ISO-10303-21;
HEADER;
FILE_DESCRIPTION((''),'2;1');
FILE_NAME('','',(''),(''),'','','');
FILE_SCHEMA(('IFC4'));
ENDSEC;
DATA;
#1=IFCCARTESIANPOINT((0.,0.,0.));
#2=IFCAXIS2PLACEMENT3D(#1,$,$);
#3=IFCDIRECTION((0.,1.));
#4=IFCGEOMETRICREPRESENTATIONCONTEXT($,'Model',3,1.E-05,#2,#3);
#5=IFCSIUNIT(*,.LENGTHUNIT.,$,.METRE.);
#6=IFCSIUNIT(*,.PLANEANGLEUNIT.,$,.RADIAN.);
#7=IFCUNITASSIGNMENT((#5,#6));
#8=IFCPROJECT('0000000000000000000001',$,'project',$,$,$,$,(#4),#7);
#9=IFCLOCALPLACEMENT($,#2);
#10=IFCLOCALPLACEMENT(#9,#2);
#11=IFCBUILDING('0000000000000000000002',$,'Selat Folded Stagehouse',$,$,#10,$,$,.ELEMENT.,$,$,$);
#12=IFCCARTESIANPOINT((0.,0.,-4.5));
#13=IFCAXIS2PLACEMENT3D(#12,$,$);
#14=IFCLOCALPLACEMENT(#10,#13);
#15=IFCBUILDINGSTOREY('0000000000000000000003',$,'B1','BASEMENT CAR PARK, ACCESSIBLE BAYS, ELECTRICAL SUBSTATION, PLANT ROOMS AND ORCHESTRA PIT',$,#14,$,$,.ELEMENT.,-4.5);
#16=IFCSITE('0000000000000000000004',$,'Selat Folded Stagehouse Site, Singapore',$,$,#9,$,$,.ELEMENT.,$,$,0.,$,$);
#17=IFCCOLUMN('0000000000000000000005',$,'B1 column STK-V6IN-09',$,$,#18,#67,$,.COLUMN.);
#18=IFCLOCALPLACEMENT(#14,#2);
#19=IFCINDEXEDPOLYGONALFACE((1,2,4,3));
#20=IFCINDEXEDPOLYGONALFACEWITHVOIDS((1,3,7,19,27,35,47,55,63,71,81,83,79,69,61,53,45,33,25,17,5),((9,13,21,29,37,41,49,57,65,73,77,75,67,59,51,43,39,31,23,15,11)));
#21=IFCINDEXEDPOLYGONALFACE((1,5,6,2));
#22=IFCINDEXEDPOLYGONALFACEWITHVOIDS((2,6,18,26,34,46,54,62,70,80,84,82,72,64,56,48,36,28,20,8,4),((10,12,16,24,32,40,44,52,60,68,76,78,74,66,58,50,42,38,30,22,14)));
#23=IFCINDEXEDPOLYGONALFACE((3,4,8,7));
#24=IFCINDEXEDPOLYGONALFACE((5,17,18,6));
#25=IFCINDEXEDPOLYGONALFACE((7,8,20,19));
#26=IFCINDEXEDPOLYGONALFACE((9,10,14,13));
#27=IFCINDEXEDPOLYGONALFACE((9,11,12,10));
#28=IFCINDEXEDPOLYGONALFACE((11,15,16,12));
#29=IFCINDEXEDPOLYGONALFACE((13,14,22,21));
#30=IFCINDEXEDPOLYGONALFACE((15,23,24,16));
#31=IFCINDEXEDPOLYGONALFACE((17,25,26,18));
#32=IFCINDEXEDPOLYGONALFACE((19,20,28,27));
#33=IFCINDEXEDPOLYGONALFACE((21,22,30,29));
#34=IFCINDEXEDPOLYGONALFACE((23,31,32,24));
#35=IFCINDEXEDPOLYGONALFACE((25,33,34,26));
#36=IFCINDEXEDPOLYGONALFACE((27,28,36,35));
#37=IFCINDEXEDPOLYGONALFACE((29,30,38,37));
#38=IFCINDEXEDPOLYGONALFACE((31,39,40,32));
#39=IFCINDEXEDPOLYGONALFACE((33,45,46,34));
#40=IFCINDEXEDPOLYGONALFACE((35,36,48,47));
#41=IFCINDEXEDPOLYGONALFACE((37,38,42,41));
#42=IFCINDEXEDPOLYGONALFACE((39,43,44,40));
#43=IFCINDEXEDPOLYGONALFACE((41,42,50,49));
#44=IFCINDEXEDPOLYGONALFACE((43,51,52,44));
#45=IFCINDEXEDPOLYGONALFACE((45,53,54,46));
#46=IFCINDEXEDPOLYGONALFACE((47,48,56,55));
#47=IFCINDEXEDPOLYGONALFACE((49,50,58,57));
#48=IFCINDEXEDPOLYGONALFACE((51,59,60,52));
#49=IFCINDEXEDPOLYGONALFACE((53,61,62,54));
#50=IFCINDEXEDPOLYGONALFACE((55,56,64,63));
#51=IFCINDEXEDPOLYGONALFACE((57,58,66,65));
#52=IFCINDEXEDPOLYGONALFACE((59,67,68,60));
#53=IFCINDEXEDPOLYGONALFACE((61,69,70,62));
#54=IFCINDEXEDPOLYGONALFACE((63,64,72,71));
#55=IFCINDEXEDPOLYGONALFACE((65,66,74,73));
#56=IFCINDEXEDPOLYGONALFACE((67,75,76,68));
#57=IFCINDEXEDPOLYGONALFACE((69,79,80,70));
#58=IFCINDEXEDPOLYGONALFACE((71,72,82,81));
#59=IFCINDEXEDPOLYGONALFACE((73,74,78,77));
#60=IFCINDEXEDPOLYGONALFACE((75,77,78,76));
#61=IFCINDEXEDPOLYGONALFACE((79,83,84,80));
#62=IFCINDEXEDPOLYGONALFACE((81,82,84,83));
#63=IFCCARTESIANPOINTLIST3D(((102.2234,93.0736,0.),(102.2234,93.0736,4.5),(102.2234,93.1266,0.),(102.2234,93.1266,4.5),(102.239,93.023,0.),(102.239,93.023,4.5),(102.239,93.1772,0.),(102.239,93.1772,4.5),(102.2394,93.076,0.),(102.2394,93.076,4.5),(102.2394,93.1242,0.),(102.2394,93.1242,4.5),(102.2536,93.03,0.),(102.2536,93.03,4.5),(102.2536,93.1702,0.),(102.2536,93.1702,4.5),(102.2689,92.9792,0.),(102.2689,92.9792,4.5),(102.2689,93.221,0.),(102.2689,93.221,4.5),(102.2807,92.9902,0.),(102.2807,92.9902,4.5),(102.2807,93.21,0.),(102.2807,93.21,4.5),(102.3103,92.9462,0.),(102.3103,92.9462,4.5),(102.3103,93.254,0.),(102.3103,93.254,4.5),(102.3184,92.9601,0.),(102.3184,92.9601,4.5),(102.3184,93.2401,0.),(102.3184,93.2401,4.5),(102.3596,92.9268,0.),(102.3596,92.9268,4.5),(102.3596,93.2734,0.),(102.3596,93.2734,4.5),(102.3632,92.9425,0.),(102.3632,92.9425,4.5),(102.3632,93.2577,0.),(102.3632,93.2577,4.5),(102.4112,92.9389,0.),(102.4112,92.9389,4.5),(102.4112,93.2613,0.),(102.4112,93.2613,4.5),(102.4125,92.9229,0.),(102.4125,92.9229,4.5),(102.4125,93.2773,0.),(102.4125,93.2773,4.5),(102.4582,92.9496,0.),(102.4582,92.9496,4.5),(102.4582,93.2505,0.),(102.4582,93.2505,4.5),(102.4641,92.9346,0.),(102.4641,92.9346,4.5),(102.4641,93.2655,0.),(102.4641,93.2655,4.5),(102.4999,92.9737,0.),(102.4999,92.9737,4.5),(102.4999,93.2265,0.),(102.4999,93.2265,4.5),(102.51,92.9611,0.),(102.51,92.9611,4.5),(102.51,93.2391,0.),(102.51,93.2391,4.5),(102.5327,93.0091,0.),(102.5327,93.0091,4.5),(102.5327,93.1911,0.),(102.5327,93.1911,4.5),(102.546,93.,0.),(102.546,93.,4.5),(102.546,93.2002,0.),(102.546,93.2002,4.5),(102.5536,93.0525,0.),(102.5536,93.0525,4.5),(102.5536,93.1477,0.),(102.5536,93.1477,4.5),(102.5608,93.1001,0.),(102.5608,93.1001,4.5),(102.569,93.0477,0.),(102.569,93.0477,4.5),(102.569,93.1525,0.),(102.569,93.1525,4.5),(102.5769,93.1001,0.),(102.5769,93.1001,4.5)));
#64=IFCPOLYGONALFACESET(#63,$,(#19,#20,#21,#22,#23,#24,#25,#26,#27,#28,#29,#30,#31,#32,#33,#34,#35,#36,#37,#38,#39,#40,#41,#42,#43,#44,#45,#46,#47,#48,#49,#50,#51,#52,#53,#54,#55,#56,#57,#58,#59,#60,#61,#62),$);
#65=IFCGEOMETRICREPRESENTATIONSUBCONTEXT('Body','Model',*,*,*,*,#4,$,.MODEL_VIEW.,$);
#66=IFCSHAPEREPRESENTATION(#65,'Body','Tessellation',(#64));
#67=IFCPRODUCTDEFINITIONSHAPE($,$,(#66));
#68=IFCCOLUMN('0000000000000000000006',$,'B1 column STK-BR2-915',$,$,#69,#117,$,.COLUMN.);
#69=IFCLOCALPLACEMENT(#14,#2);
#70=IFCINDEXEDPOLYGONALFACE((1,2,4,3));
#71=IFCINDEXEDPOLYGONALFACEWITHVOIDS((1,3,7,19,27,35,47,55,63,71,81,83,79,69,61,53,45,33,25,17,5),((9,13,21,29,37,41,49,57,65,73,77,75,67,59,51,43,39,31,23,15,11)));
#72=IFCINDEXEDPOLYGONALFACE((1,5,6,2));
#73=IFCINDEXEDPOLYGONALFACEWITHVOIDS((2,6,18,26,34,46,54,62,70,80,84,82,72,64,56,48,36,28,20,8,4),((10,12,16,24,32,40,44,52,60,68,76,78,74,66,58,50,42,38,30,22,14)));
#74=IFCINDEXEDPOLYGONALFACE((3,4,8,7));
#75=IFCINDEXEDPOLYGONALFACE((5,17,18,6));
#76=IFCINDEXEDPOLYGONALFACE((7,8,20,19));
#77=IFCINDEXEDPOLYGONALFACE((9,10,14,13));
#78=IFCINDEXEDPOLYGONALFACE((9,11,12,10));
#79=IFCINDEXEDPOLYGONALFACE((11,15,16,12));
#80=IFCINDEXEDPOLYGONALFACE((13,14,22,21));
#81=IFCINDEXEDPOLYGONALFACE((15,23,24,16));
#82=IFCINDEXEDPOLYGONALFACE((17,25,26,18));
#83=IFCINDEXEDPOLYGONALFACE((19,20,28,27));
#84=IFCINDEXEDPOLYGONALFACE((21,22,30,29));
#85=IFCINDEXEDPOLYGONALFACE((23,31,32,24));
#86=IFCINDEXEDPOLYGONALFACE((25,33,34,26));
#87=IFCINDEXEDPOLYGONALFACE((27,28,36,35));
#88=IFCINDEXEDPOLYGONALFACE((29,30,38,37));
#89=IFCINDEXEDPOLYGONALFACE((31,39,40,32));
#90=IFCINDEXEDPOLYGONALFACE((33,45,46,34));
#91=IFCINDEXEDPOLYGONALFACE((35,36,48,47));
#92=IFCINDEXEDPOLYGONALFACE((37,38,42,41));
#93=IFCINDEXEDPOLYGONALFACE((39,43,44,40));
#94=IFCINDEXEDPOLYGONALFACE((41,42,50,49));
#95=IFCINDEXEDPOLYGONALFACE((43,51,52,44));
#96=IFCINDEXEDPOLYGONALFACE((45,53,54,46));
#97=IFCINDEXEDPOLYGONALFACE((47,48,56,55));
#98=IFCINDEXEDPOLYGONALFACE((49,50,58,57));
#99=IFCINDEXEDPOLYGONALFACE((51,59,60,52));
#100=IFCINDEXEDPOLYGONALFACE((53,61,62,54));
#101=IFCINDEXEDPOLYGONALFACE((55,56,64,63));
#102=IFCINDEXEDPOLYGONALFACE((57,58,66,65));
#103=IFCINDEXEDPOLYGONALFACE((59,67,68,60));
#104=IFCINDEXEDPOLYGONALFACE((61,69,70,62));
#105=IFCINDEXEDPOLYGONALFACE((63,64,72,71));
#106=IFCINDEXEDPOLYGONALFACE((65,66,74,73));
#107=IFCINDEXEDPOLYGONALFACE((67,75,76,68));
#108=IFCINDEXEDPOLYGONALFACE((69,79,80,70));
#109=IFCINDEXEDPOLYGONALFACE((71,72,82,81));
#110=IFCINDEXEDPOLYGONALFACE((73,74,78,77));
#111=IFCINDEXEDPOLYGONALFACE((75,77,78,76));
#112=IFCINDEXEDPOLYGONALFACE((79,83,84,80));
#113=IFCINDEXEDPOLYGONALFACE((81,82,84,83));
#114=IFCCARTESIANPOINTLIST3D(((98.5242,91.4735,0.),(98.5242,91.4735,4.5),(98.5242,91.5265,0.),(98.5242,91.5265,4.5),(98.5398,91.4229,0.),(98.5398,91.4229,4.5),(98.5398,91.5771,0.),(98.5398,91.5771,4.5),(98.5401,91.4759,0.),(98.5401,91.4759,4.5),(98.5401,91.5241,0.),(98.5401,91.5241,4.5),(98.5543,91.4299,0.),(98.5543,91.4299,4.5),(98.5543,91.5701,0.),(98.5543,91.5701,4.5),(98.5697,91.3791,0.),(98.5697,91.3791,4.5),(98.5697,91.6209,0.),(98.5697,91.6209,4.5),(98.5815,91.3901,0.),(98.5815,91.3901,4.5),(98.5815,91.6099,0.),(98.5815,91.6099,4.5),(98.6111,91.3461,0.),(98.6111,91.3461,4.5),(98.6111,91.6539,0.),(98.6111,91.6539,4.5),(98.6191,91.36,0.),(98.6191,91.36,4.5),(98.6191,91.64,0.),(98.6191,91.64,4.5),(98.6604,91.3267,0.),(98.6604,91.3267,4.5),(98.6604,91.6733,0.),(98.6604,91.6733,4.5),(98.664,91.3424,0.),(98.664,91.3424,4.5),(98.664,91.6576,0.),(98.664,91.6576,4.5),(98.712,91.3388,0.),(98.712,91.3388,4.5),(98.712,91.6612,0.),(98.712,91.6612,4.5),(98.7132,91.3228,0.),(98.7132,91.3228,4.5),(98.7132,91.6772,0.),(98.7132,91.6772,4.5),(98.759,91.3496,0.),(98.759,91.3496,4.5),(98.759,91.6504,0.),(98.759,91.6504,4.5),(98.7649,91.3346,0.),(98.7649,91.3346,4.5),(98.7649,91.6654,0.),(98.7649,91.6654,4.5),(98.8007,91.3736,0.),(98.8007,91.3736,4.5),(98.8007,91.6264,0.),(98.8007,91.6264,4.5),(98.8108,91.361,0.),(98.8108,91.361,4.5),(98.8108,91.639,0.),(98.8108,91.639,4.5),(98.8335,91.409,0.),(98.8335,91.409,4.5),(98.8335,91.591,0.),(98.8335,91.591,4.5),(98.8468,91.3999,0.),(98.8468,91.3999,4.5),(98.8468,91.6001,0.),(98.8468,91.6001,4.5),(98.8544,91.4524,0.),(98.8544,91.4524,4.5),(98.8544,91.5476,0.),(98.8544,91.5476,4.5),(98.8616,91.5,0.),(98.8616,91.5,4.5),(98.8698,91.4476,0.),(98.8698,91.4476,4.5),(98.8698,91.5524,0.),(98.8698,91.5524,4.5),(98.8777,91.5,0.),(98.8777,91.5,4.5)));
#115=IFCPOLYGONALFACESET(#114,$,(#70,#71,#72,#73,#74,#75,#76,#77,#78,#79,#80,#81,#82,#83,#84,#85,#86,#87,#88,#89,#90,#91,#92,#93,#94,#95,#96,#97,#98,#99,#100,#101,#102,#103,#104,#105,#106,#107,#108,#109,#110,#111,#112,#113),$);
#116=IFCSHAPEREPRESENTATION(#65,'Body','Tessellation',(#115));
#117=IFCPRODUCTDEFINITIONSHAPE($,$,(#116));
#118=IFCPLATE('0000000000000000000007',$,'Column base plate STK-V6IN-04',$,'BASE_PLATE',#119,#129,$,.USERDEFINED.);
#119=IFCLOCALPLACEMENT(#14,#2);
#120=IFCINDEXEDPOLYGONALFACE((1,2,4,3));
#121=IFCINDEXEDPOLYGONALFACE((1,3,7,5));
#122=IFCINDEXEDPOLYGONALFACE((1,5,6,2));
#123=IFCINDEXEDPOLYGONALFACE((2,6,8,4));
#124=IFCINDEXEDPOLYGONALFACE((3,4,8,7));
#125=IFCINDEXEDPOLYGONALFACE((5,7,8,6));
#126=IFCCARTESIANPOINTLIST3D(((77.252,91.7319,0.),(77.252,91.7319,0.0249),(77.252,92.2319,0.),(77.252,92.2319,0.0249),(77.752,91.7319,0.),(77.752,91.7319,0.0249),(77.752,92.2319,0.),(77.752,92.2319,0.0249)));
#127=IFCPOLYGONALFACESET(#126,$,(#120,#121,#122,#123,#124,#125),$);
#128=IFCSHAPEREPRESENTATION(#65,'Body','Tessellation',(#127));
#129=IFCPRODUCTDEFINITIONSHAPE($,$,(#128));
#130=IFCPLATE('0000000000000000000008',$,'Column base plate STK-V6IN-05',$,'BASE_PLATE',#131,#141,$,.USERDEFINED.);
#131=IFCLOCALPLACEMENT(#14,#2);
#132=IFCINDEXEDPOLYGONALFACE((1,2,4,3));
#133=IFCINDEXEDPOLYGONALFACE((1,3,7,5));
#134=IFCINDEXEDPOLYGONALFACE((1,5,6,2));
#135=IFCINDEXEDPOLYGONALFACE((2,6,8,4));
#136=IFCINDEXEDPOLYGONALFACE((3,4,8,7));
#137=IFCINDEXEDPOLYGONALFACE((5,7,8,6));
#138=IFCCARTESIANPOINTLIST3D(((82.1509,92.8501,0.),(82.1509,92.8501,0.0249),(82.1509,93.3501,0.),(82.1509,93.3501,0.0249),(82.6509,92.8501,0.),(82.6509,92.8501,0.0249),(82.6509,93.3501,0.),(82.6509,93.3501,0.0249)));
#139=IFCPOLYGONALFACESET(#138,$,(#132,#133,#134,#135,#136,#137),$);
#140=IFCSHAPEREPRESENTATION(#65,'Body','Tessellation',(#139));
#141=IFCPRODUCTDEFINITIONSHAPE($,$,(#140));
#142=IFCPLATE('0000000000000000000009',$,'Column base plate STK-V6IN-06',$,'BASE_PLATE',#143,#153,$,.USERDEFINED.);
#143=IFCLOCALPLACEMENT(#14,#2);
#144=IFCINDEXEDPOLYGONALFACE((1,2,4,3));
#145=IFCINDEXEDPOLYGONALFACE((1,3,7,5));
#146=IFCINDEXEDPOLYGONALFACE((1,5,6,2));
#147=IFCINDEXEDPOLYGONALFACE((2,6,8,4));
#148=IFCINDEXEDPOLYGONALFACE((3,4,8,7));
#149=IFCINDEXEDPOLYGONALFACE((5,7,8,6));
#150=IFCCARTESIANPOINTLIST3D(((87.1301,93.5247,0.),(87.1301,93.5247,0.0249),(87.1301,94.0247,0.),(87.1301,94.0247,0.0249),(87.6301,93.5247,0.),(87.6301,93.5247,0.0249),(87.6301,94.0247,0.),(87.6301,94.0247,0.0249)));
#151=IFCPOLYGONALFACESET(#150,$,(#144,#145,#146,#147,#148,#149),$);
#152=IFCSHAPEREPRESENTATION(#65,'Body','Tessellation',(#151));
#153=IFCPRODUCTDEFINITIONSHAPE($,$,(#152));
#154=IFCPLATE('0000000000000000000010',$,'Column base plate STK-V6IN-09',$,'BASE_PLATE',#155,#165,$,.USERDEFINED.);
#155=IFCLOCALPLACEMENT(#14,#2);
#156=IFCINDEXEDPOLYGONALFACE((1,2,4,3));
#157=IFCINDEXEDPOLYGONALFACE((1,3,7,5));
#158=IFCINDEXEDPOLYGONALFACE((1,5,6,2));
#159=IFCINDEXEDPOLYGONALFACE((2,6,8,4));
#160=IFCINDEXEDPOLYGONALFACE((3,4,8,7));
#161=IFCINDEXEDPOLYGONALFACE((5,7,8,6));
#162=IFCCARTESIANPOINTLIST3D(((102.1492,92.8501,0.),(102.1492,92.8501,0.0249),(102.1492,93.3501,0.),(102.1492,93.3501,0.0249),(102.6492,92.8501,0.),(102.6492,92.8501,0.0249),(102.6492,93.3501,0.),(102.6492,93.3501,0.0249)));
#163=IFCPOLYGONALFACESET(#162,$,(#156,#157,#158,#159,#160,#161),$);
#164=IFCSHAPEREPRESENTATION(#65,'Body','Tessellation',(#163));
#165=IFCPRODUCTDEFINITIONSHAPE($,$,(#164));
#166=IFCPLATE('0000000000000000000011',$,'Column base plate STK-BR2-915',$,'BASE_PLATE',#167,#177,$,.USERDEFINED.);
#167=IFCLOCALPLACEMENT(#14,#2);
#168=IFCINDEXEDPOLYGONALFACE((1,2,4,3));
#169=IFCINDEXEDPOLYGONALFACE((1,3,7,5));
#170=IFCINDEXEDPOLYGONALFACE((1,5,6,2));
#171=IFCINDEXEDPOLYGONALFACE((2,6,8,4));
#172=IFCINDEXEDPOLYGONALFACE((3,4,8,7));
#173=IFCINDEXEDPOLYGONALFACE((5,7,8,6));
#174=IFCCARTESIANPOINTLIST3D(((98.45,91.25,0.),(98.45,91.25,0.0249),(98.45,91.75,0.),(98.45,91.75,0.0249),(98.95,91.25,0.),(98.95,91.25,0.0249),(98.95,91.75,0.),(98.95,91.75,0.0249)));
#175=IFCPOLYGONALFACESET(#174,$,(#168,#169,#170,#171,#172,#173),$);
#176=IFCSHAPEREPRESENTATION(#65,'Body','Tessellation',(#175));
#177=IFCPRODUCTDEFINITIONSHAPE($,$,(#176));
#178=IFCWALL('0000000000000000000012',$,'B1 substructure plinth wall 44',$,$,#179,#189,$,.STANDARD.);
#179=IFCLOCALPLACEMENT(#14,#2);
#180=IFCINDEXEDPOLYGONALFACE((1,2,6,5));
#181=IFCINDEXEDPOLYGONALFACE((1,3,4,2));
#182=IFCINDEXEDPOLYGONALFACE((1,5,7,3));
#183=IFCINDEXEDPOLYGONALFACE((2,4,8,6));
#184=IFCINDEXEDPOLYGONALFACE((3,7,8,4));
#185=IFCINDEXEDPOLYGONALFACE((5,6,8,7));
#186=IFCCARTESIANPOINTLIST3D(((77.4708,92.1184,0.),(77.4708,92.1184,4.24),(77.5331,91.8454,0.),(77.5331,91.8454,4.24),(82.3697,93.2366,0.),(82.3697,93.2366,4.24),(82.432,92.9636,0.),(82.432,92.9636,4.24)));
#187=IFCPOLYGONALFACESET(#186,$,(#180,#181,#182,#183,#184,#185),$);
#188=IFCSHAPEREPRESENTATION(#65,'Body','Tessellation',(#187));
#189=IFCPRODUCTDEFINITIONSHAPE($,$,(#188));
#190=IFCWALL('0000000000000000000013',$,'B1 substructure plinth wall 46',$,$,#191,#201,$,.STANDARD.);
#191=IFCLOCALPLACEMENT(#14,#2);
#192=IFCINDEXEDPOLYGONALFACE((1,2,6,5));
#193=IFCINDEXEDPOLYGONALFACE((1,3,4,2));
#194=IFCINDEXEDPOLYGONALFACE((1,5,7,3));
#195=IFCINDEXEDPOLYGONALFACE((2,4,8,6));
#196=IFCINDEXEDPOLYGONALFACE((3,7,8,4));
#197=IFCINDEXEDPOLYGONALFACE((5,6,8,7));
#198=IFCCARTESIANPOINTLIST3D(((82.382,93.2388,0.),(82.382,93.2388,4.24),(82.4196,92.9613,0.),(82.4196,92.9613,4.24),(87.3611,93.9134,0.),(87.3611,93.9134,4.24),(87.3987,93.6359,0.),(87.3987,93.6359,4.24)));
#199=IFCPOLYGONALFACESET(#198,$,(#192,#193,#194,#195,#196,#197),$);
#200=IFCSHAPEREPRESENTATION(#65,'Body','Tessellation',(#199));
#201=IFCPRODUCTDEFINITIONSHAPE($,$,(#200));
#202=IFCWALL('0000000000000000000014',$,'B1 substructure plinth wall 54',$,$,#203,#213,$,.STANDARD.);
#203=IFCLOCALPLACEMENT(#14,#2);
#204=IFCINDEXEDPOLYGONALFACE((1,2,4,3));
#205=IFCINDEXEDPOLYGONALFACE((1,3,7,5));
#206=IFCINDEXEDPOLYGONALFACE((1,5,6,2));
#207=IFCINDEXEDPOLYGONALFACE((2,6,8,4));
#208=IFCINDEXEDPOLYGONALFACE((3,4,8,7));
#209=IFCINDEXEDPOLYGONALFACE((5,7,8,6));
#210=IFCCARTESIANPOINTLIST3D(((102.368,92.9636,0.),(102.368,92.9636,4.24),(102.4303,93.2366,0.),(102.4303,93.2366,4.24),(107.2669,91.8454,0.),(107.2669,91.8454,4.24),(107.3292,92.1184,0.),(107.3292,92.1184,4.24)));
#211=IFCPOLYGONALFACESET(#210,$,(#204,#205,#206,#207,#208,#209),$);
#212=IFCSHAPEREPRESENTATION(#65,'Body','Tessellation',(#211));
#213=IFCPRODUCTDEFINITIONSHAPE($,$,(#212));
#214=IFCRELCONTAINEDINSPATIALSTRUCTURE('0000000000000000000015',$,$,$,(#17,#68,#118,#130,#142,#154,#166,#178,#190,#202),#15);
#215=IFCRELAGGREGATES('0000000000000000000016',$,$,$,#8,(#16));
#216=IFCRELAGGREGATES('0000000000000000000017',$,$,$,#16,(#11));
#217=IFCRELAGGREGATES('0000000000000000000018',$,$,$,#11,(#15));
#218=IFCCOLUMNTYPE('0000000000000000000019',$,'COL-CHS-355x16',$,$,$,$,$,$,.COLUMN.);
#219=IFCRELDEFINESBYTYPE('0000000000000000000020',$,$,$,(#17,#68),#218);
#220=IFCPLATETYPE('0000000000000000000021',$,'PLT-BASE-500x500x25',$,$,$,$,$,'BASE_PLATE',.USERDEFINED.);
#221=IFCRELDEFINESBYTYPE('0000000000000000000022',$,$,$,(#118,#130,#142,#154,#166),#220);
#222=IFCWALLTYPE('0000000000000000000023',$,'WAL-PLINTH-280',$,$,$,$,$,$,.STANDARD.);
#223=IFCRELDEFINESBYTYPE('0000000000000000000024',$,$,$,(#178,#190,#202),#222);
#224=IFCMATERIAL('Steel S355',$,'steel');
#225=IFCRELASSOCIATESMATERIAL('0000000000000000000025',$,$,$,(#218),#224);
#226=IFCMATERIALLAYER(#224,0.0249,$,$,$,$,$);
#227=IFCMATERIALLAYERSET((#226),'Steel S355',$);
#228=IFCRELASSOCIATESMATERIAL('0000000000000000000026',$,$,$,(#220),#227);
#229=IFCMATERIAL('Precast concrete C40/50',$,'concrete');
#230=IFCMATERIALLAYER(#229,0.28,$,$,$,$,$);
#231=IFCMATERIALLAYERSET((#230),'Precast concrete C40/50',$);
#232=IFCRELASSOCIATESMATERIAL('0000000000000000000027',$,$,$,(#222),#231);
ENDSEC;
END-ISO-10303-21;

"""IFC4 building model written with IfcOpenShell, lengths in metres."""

from ifc_helpers import new_model, si_unit, direction, frame, frame_2d, origin, origin_2d, place, context, subcontext, project, spatial, rectangle, hollow_circle, extrude, material, layer, layer_set, material_profile, profile_set, type_object, element, save


model = new_model("IFC4")

# Units and contexts
model_context = context("Model", 3, precision=1e-05, world=origin(), true_north=direction((0.0, 1.0)))
body_context = subcontext(model_context, "Body", "Model", "MODEL_VIEW")
ifc_project = project(units=[si_unit("LENGTHUNIT", "METRE"), si_unit("PLANEANGLEUNIT", "RADIAN")], contexts=[model_context])

# Site, building, storey
site_placement = place(None, origin())
site = spatial("IfcSite", under=ifc_project, at=site_placement, Name="Selat Folded Stagehouse Site, Singapore", CompositionType="ELEMENT", RefElevation=0.0)
building_placement = place(site_placement, origin())
building = spatial("IfcBuilding", under=site, at=building_placement, Name="Selat Folded Stagehouse", CompositionType="ELEMENT")
storey_placement = place(building_placement, frame((0.0, 0.0, -4.5)))
storey = spatial("IfcBuildingStorey", under=building, at=storey_placement, Name="B1", Description="BASEMENT CAR PARK, ACCESSIBLE BAYS, ELECTRICAL SUBSTATION, PLANT ROOMS AND ORCHESTRA PIT", CompositionType="ELEMENT", Elevation=-4.5)

# Columns
ifc_material_1 = material(Name="Steel S355", Category="steel")
ifc_material_profile_1 = material_profile(ifc_material_1, hollow_circle(Radius=0.1777, WallThickness=0.0161, at=origin_2d()), Name="CHS 355.6x16.0")
ifc_profile_set_1 = profile_set([ifc_material_profile_1], Name="Steel S355")
column_type = type_object("IfcColumnType", Name="COL-CHS-355x16", PredefinedType="COLUMN", material=ifc_profile_set_1)
for number, where, z_axis, x_axis, name in (
    (1, (102.3992, 93.1001, 0.0), (0.0, 0.0, 1.0), (1.0, 0.0, 0.0), "B1 column STK-V6IN-09"),
    (2, (98.7, 91.5, 0.0), (0.0, 0.0, 1.0), (1.0, 0.0, 0.0), "B1 column STK-BR2-915"),
):
    element("IfcColumn", number, at=place(storey_placement, frame(where, z_axis=z_axis, x_axis=x_axis)), inside=storey, type_object=column_type, Name=name, PredefinedType="COLUMN", context=body_context, shape_type="SweptSolid", body=[
        extrude(hollow_circle(Radius=0.1777, WallThickness=0.0161, at=origin_2d()), origin(), (0.0, 0.0, 1.0), 4.5),
    ])

# Plates
ifc_layer_1 = layer(ifc_material_1, 0.0249)
ifc_layer_set_1 = layer_set([ifc_layer_1], Name="Steel S355")
plate_type = type_object("IfcPlateType", Name="PLT-BASE-500x500x25", ElementType="BASE_PLATE", PredefinedType="USERDEFINED", material=ifc_layer_set_1)
for number, where, z_axis, x_axis, name in (
    (3, (77.502, 91.9819, 0.0), (0.0, 0.0, 1.0), (1.0, 0.0, 0.0), "Column base plate STK-V6IN-04"),
    (4, (82.4009, 93.1001, 0.0), (0.0, 0.0, 1.0), (1.0, 0.0, 0.0), "Column base plate STK-V6IN-05"),
    (5, (87.3801, 93.7747, 0.0), (0.0, 0.0, 1.0), (1.0, 0.0, 0.0), "Column base plate STK-V6IN-06"),
    (6, (102.3992, 93.1001, 0.0), (0.0, 0.0, 1.0), (1.0, 0.0, 0.0), "Column base plate STK-V6IN-09"),
    (7, (98.7, 91.5, 0.0), (0.0, 0.0, 1.0), (1.0, 0.0, 0.0), "Column base plate STK-BR2-915"),
):
    element("IfcPlate", number, at=place(storey_placement, frame(where, z_axis=z_axis, x_axis=x_axis)), inside=storey, type_object=plate_type, Name=name, ObjectType="BASE_PLATE", PredefinedType="USERDEFINED", context=body_context, shape_type="SweptSolid", body=[
        extrude(rectangle(XDim=0.5, YDim=0.5, at=origin_2d()), origin(), (0.0, 0.0, 1.0), 0.0249),
    ])

# Walls
ifc_material_2 = material(Name="Precast concrete C40/50", Category="concrete")
ifc_layer_2 = layer(ifc_material_2, 0.28)
ifc_layer_set_2 = layer_set([ifc_layer_2], Name="Precast concrete C40/50")
wall_type = type_object("IfcWallType", Name="WAL-PLINTH-280", PredefinedType="STANDARD", material=ifc_layer_set_2)
wall_1_placement = place(storey_placement, frame((77.502, 91.9819, 0.0), z_axis=(0.0, 0.0, 1.0), x_axis=(0.974927, 0.222524, 0.0)))
element("IfcWall", 8, at=wall_1_placement, inside=storey, type_object=wall_type, Name="B1 substructure plinth wall 44", PredefinedType="STANDARD", context=body_context, shape_type="SweptSolid", body=[
    extrude(rectangle(XDim=5.0249, YDim=0.28, at=frame_2d((2.5125, 0.0))), origin(), (0.0, 0.0, 1.0), 4.24),
])
wall_2_placement = place(storey_placement, frame((82.4009, 93.1001, 0.0), z_axis=(0.0, 0.0, 1.0), x_axis=(0.990948, 0.134248, 0.0)))
element("IfcWall", 9, at=wall_2_placement, inside=storey, type_object=wall_type, Name="B1 substructure plinth wall 46", PredefinedType="STANDARD", context=body_context, shape_type="SweptSolid", body=[
    extrude(rectangle(XDim=5.0247, YDim=0.28, at=frame_2d((2.5122, 0.0))), origin(), (0.0, 0.0, 1.0), 4.24),
])
wall_3_placement = place(storey_placement, frame((102.3992, 93.1001, 0.0), z_axis=(0.0, 0.0, 1.0), x_axis=(0.974927, -0.222524, 0.0)))
element("IfcWall", 10, at=wall_3_placement, inside=storey, type_object=wall_type, Name="B1 substructure plinth wall 54", PredefinedType="STANDARD", context=body_context, shape_type="SweptSolid", body=[
    extrude(rectangle(XDim=5.0249, YDim=0.28, at=frame_2d((2.5125, 0.0))), origin(), (0.0, 0.0, 1.0), 4.24),
])

save(model, "model.ifc")
